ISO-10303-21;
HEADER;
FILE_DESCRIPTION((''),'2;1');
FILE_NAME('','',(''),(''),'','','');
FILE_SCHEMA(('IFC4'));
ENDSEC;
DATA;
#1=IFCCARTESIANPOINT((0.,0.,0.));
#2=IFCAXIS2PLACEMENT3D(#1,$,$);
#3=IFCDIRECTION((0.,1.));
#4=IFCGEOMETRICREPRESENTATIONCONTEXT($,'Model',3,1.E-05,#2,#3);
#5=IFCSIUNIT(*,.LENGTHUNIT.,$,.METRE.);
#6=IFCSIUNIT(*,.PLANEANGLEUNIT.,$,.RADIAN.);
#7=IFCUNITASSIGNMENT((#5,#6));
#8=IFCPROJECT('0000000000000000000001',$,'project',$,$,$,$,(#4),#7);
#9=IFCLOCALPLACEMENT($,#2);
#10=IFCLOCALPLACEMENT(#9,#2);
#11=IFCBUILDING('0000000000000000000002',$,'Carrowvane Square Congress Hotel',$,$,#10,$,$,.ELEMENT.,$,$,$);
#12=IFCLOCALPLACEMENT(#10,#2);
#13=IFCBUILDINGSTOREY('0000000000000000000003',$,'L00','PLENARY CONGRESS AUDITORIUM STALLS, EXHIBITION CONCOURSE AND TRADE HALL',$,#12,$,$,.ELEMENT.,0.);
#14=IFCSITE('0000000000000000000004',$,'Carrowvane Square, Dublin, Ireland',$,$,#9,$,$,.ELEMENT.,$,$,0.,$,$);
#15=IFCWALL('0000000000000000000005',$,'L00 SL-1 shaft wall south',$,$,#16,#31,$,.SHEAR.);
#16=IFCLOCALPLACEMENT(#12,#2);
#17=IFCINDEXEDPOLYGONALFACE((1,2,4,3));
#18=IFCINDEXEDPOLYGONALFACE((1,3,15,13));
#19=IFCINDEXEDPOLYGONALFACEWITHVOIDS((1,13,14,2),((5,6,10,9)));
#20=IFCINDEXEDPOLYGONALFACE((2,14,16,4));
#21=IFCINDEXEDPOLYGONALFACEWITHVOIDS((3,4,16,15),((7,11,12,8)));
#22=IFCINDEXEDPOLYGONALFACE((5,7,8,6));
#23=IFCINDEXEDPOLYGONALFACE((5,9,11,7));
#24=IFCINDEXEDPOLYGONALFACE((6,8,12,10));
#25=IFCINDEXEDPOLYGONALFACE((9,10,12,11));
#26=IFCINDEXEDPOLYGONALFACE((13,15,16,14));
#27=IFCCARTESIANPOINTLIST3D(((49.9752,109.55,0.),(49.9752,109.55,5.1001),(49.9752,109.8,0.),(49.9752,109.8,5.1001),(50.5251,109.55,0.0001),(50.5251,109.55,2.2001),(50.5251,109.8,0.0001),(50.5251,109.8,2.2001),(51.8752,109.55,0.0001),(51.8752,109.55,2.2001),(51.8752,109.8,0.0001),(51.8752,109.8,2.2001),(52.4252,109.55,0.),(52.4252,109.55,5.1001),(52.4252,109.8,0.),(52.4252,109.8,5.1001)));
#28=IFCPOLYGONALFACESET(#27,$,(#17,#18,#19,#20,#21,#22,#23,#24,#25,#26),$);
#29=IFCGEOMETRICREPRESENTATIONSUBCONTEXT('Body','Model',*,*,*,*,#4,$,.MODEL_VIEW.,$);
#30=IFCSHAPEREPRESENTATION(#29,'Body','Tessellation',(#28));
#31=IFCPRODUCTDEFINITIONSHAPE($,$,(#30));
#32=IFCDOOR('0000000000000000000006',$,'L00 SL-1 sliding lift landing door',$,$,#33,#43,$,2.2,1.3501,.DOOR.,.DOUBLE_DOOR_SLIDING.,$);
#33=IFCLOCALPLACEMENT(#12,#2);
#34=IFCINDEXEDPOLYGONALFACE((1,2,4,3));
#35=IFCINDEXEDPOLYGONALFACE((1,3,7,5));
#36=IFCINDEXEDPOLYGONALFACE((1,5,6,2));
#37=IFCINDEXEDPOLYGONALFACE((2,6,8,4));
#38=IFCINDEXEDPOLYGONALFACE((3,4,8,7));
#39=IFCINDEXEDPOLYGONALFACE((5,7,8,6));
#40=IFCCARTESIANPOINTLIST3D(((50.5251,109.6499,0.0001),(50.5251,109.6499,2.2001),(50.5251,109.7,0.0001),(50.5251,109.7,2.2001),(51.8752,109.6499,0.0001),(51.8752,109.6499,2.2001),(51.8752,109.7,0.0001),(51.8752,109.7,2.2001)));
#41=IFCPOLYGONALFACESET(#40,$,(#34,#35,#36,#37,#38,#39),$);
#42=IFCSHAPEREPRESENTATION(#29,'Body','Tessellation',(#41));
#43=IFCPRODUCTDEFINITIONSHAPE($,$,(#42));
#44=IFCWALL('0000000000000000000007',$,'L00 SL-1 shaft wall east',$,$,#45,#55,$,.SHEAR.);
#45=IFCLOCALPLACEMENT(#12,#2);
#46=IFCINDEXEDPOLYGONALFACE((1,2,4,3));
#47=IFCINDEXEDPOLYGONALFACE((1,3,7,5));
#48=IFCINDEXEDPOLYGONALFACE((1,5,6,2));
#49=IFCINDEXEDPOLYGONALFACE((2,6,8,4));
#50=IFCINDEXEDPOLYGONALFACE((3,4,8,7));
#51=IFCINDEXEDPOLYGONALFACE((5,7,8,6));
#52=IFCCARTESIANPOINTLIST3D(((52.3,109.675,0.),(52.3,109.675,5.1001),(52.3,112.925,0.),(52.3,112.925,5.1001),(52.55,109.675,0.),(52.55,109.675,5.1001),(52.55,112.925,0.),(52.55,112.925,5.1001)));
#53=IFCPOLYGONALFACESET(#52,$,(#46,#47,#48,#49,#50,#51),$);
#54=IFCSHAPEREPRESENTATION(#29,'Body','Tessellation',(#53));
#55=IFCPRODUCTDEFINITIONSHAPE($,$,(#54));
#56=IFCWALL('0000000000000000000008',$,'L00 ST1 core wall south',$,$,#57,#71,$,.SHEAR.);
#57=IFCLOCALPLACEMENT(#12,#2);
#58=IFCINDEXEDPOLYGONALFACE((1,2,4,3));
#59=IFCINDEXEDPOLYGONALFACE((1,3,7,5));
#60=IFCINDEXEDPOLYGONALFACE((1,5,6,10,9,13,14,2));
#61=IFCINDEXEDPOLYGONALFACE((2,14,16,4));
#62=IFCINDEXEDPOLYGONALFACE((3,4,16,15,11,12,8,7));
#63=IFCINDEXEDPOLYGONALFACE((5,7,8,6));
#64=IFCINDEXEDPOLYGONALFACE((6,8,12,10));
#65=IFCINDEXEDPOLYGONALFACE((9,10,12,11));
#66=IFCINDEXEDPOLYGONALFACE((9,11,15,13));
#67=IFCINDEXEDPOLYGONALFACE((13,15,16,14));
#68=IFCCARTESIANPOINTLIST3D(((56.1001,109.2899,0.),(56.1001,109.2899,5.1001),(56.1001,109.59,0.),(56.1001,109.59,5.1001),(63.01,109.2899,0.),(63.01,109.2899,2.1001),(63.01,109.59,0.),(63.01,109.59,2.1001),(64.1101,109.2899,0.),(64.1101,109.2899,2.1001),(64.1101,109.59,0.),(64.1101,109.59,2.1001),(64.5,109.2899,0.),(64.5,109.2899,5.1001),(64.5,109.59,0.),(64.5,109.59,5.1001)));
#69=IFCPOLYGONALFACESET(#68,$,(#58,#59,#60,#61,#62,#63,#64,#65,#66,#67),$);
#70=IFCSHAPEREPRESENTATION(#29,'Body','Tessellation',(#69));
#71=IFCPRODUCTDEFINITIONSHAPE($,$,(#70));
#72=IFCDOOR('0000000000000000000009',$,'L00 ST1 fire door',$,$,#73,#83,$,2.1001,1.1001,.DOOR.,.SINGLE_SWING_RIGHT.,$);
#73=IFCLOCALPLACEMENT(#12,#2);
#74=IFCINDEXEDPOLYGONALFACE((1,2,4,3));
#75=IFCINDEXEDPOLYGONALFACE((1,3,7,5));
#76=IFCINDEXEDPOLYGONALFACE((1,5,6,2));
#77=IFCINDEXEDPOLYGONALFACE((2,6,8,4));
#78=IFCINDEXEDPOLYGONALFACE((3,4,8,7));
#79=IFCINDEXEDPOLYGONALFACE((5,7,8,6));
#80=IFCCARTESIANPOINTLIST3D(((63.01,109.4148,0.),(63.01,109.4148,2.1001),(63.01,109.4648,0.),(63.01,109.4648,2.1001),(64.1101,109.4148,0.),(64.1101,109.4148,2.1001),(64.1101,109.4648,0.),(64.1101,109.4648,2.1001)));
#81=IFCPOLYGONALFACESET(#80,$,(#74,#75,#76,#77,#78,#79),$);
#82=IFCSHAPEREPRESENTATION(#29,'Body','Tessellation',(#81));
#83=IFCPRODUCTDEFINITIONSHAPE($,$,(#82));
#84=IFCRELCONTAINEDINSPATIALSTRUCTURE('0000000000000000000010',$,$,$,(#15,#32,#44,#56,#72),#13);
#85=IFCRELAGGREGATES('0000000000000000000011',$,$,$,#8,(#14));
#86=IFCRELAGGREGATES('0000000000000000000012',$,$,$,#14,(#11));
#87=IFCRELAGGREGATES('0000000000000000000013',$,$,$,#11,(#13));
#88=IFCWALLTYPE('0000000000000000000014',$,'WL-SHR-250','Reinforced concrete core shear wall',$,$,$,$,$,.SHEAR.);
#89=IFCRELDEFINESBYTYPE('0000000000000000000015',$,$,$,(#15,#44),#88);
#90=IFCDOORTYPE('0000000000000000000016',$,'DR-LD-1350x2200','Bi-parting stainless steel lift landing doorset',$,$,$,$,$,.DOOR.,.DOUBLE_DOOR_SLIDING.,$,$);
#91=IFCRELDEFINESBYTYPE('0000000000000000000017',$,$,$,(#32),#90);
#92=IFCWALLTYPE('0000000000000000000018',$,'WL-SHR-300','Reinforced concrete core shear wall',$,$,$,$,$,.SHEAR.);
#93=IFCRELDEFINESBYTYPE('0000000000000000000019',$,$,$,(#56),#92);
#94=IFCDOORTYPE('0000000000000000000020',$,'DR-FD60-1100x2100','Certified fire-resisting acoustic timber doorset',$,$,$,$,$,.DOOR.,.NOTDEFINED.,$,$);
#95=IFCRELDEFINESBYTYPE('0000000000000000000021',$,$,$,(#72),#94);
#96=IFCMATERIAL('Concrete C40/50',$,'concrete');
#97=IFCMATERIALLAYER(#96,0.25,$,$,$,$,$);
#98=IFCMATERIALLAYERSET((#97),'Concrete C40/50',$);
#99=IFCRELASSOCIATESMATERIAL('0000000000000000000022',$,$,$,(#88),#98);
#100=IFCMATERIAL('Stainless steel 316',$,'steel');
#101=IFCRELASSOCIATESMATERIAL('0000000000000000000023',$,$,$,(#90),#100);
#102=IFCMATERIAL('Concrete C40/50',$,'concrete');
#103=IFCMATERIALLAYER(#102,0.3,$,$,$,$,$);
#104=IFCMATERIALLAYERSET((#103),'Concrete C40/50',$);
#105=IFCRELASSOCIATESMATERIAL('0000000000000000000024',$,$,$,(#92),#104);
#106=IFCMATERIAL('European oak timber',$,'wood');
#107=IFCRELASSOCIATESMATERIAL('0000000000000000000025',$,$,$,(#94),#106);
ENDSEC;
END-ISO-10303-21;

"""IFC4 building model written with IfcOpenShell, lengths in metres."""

from ifc_helpers import new_model, si_unit, direction, frame, frame_2d, origin, place, context, subcontext, project, spatial, rectangle, extrude, material, layer, layer_set, type_object, element, fill, save


model = new_model("IFC4")

# Units and contexts
model_context = context("Model", 3, precision=1e-05, world=origin(), true_north=direction((0.0, 1.0)))
body_context = subcontext(model_context, "Body", "Model", "MODEL_VIEW")
ifc_project = project(units=[si_unit("LENGTHUNIT", "METRE"), si_unit("PLANEANGLEUNIT", "RADIAN")], contexts=[model_context])

# Site, building, storey
site_placement = place(None, origin())
site = spatial("IfcSite", under=ifc_project, at=site_placement, Name="Carrowvane Square, Dublin, Ireland", CompositionType="ELEMENT", RefElevation=0.0)
building_placement = place(site_placement, origin())
building = spatial("IfcBuilding", under=site, at=building_placement, Name="Carrowvane Square Congress Hotel", CompositionType="ELEMENT")
storey_placement = place(building_placement, origin())
storey = spatial("IfcBuildingStorey", under=building, at=storey_placement, Name="L00", Description="PLENARY CONGRESS AUDITORIUM STALLS, EXHIBITION CONCOURSE AND TRADE HALL", CompositionType="ELEMENT", Elevation=0.0)

# Wall, opening, door
ifc_material_1 = material(Name="Concrete C40/50", Category="concrete")
ifc_layer_1 = layer(ifc_material_1, 0.25)
ifc_layer_set_1 = layer_set([ifc_layer_1], Name="Concrete C40/50")
wall_type_1 = type_object("IfcWallType", Name="WL-SHR-250", Description="Reinforced concrete core shear wall", PredefinedType="SHEAR", material=ifc_layer_set_1)
wall_1_placement = place(storey_placement, frame((49.9751, 109.675, 0.0), z_axis=(0.0, 0.0, 1.0), x_axis=(1.0, 0.0, 0.0)))
wall_1 = element("IfcWall", 1, at=wall_1_placement, inside=storey, type_object=wall_type_1, Name="L00 SL-1 shaft wall south", PredefinedType="SHEAR", context=body_context, shape_type="SweptSolid", body=[
    extrude(rectangle(XDim=2.45, YDim=0.25, at=frame_2d((1.2251, 0.0))), origin(), (0.0, 0.0, 1.0), 5.1001),
])
opening_1_placement = place(wall_1_placement, frame((0.55, 0.0, 0.0)))
opening_1 = element("IfcOpeningElement", 2, at=opening_1_placement, cuts=wall_1, PredefinedType="OPENING", context=body_context, shape_type="SweptSolid", body=[
    extrude(rectangle(XDim=1.3501, YDim=2.2, at=frame_2d((0.675, 1.1001))), frame((0.0, 0.135, 0.0), z_axis=(0.0, -1.0, 0.0), x_axis=(1.0, 0.0, 0.0)), (0.0, 0.0, 1.0), 0.27),
])
ifc_material_2 = material(Name="Stainless steel 316", Category="steel")
door_type_1 = type_object("IfcDoorType", Name="DR-LD-1350x2200", Description="Bi-parting stainless steel lift landing doorset", OperationType="DOUBLE_DOOR_SLIDING", PredefinedType="DOOR", material=ifc_material_2)
door_1_placement = place(opening_1_placement, origin())
door_1 = element("IfcDoor", 3, at=door_1_placement, inside=storey, type_object=door_type_1, Name="L00 SL-1 sliding lift landing door", OperationType="DOUBLE_DOOR_SLIDING", OverallHeight=2.2, OverallWidth=1.3501, PredefinedType="DOOR", context=body_context, shape_type="SweptSolid", body=[
    extrude(rectangle(XDim=1.3501, YDim=2.2, at=frame_2d((0.675, 1.1001))), frame((0.0, 0.0249, 0.0), z_axis=(0.0, -1.0, 0.0), x_axis=(1.0, 0.0, 0.0)), (0.0, 0.0, 1.0), 0.05),
])
fill(opening_1, door_1)

# Wall
wall_2_placement = place(storey_placement, frame((52.425, 109.675, 0.0), z_axis=(0.0, 0.0, 1.0), x_axis=(0.0, 1.0, 0.0)))
element("IfcWall", 4, at=wall_2_placement, inside=storey, type_object=wall_type_1, Name="L00 SL-1 shaft wall east", PredefinedType="SHEAR", context=body_context, shape_type="SweptSolid", body=[
    extrude(rectangle(XDim=3.25, YDim=0.25, at=frame_2d((1.625, 0.0))), origin(), (0.0, 0.0, 1.0), 5.1001),
])

# Wall, opening, door
ifc_material_3 = material(Name="Concrete C40/50", Category="concrete")
ifc_layer_2 = layer(ifc_material_3, 0.3)
ifc_layer_set_2 = layer_set([ifc_layer_2], Name="Concrete C40/50")
wall_type_2 = type_object("IfcWallType", Name="WL-SHR-300", Description="Reinforced concrete core shear wall", PredefinedType="SHEAR", material=ifc_layer_set_2)
wall_3_placement = place(storey_placement, frame((56.1001, 109.4399, 0.0), z_axis=(0.0, 0.0, 1.0), x_axis=(1.0, 0.0, 0.0)))
wall_3 = element("IfcWall", 5, at=wall_3_placement, inside=storey, type_object=wall_type_2, Name="L00 ST1 core wall south", PredefinedType="SHEAR", context=body_context, shape_type="SweptSolid", body=[
    extrude(rectangle(XDim=8.3999, YDim=0.3, at=frame_2d((4.2, 0.0))), origin(), (0.0, 0.0, 1.0), 5.1001),
])
opening_2_placement = place(wall_3_placement, frame((6.9099, 0.0, 0.0)))
opening_2 = element("IfcOpeningElement", 6, at=opening_2_placement, cuts=wall_3, PredefinedType="OPENING", context=body_context, shape_type="SweptSolid", body=[
    extrude(rectangle(XDim=1.1001, YDim=2.1001, at=frame_2d((0.55, 1.05))), frame((0.0, 0.1599, 0.0), z_axis=(0.0, -1.0, 0.0), x_axis=(1.0, 0.0, 0.0)), (0.0, 0.0, 1.0), 0.3201),
])
ifc_material_4 = material(Name="European oak timber", Category="wood")
door_type_2 = type_object("IfcDoorType", Name="DR-FD60-1100x2100", Description="Certified fire-resisting acoustic timber doorset", OperationType="NOTDEFINED", PredefinedType="DOOR", material=ifc_material_4)
door_2_placement = place(opening_2_placement, origin())
door_2 = element("IfcDoor", 7, at=door_2_placement, inside=storey, type_object=door_type_2, Name="L00 ST1 fire door", OperationType="SINGLE_SWING_RIGHT", OverallHeight=2.1001, OverallWidth=1.1001, PredefinedType="DOOR", context=body_context, shape_type="SweptSolid", body=[
    extrude(rectangle(XDim=1.1001, YDim=2.1001, at=frame_2d((0.55, 1.05))), frame((0.0, 0.0249, 0.0), z_axis=(0.0, -1.0, 0.0), x_axis=(1.0, 0.0, 0.0)), (0.0, 0.0, 1.0), 0.05),
])
fill(opening_2, door_2)

save(model, "model.ifc")
